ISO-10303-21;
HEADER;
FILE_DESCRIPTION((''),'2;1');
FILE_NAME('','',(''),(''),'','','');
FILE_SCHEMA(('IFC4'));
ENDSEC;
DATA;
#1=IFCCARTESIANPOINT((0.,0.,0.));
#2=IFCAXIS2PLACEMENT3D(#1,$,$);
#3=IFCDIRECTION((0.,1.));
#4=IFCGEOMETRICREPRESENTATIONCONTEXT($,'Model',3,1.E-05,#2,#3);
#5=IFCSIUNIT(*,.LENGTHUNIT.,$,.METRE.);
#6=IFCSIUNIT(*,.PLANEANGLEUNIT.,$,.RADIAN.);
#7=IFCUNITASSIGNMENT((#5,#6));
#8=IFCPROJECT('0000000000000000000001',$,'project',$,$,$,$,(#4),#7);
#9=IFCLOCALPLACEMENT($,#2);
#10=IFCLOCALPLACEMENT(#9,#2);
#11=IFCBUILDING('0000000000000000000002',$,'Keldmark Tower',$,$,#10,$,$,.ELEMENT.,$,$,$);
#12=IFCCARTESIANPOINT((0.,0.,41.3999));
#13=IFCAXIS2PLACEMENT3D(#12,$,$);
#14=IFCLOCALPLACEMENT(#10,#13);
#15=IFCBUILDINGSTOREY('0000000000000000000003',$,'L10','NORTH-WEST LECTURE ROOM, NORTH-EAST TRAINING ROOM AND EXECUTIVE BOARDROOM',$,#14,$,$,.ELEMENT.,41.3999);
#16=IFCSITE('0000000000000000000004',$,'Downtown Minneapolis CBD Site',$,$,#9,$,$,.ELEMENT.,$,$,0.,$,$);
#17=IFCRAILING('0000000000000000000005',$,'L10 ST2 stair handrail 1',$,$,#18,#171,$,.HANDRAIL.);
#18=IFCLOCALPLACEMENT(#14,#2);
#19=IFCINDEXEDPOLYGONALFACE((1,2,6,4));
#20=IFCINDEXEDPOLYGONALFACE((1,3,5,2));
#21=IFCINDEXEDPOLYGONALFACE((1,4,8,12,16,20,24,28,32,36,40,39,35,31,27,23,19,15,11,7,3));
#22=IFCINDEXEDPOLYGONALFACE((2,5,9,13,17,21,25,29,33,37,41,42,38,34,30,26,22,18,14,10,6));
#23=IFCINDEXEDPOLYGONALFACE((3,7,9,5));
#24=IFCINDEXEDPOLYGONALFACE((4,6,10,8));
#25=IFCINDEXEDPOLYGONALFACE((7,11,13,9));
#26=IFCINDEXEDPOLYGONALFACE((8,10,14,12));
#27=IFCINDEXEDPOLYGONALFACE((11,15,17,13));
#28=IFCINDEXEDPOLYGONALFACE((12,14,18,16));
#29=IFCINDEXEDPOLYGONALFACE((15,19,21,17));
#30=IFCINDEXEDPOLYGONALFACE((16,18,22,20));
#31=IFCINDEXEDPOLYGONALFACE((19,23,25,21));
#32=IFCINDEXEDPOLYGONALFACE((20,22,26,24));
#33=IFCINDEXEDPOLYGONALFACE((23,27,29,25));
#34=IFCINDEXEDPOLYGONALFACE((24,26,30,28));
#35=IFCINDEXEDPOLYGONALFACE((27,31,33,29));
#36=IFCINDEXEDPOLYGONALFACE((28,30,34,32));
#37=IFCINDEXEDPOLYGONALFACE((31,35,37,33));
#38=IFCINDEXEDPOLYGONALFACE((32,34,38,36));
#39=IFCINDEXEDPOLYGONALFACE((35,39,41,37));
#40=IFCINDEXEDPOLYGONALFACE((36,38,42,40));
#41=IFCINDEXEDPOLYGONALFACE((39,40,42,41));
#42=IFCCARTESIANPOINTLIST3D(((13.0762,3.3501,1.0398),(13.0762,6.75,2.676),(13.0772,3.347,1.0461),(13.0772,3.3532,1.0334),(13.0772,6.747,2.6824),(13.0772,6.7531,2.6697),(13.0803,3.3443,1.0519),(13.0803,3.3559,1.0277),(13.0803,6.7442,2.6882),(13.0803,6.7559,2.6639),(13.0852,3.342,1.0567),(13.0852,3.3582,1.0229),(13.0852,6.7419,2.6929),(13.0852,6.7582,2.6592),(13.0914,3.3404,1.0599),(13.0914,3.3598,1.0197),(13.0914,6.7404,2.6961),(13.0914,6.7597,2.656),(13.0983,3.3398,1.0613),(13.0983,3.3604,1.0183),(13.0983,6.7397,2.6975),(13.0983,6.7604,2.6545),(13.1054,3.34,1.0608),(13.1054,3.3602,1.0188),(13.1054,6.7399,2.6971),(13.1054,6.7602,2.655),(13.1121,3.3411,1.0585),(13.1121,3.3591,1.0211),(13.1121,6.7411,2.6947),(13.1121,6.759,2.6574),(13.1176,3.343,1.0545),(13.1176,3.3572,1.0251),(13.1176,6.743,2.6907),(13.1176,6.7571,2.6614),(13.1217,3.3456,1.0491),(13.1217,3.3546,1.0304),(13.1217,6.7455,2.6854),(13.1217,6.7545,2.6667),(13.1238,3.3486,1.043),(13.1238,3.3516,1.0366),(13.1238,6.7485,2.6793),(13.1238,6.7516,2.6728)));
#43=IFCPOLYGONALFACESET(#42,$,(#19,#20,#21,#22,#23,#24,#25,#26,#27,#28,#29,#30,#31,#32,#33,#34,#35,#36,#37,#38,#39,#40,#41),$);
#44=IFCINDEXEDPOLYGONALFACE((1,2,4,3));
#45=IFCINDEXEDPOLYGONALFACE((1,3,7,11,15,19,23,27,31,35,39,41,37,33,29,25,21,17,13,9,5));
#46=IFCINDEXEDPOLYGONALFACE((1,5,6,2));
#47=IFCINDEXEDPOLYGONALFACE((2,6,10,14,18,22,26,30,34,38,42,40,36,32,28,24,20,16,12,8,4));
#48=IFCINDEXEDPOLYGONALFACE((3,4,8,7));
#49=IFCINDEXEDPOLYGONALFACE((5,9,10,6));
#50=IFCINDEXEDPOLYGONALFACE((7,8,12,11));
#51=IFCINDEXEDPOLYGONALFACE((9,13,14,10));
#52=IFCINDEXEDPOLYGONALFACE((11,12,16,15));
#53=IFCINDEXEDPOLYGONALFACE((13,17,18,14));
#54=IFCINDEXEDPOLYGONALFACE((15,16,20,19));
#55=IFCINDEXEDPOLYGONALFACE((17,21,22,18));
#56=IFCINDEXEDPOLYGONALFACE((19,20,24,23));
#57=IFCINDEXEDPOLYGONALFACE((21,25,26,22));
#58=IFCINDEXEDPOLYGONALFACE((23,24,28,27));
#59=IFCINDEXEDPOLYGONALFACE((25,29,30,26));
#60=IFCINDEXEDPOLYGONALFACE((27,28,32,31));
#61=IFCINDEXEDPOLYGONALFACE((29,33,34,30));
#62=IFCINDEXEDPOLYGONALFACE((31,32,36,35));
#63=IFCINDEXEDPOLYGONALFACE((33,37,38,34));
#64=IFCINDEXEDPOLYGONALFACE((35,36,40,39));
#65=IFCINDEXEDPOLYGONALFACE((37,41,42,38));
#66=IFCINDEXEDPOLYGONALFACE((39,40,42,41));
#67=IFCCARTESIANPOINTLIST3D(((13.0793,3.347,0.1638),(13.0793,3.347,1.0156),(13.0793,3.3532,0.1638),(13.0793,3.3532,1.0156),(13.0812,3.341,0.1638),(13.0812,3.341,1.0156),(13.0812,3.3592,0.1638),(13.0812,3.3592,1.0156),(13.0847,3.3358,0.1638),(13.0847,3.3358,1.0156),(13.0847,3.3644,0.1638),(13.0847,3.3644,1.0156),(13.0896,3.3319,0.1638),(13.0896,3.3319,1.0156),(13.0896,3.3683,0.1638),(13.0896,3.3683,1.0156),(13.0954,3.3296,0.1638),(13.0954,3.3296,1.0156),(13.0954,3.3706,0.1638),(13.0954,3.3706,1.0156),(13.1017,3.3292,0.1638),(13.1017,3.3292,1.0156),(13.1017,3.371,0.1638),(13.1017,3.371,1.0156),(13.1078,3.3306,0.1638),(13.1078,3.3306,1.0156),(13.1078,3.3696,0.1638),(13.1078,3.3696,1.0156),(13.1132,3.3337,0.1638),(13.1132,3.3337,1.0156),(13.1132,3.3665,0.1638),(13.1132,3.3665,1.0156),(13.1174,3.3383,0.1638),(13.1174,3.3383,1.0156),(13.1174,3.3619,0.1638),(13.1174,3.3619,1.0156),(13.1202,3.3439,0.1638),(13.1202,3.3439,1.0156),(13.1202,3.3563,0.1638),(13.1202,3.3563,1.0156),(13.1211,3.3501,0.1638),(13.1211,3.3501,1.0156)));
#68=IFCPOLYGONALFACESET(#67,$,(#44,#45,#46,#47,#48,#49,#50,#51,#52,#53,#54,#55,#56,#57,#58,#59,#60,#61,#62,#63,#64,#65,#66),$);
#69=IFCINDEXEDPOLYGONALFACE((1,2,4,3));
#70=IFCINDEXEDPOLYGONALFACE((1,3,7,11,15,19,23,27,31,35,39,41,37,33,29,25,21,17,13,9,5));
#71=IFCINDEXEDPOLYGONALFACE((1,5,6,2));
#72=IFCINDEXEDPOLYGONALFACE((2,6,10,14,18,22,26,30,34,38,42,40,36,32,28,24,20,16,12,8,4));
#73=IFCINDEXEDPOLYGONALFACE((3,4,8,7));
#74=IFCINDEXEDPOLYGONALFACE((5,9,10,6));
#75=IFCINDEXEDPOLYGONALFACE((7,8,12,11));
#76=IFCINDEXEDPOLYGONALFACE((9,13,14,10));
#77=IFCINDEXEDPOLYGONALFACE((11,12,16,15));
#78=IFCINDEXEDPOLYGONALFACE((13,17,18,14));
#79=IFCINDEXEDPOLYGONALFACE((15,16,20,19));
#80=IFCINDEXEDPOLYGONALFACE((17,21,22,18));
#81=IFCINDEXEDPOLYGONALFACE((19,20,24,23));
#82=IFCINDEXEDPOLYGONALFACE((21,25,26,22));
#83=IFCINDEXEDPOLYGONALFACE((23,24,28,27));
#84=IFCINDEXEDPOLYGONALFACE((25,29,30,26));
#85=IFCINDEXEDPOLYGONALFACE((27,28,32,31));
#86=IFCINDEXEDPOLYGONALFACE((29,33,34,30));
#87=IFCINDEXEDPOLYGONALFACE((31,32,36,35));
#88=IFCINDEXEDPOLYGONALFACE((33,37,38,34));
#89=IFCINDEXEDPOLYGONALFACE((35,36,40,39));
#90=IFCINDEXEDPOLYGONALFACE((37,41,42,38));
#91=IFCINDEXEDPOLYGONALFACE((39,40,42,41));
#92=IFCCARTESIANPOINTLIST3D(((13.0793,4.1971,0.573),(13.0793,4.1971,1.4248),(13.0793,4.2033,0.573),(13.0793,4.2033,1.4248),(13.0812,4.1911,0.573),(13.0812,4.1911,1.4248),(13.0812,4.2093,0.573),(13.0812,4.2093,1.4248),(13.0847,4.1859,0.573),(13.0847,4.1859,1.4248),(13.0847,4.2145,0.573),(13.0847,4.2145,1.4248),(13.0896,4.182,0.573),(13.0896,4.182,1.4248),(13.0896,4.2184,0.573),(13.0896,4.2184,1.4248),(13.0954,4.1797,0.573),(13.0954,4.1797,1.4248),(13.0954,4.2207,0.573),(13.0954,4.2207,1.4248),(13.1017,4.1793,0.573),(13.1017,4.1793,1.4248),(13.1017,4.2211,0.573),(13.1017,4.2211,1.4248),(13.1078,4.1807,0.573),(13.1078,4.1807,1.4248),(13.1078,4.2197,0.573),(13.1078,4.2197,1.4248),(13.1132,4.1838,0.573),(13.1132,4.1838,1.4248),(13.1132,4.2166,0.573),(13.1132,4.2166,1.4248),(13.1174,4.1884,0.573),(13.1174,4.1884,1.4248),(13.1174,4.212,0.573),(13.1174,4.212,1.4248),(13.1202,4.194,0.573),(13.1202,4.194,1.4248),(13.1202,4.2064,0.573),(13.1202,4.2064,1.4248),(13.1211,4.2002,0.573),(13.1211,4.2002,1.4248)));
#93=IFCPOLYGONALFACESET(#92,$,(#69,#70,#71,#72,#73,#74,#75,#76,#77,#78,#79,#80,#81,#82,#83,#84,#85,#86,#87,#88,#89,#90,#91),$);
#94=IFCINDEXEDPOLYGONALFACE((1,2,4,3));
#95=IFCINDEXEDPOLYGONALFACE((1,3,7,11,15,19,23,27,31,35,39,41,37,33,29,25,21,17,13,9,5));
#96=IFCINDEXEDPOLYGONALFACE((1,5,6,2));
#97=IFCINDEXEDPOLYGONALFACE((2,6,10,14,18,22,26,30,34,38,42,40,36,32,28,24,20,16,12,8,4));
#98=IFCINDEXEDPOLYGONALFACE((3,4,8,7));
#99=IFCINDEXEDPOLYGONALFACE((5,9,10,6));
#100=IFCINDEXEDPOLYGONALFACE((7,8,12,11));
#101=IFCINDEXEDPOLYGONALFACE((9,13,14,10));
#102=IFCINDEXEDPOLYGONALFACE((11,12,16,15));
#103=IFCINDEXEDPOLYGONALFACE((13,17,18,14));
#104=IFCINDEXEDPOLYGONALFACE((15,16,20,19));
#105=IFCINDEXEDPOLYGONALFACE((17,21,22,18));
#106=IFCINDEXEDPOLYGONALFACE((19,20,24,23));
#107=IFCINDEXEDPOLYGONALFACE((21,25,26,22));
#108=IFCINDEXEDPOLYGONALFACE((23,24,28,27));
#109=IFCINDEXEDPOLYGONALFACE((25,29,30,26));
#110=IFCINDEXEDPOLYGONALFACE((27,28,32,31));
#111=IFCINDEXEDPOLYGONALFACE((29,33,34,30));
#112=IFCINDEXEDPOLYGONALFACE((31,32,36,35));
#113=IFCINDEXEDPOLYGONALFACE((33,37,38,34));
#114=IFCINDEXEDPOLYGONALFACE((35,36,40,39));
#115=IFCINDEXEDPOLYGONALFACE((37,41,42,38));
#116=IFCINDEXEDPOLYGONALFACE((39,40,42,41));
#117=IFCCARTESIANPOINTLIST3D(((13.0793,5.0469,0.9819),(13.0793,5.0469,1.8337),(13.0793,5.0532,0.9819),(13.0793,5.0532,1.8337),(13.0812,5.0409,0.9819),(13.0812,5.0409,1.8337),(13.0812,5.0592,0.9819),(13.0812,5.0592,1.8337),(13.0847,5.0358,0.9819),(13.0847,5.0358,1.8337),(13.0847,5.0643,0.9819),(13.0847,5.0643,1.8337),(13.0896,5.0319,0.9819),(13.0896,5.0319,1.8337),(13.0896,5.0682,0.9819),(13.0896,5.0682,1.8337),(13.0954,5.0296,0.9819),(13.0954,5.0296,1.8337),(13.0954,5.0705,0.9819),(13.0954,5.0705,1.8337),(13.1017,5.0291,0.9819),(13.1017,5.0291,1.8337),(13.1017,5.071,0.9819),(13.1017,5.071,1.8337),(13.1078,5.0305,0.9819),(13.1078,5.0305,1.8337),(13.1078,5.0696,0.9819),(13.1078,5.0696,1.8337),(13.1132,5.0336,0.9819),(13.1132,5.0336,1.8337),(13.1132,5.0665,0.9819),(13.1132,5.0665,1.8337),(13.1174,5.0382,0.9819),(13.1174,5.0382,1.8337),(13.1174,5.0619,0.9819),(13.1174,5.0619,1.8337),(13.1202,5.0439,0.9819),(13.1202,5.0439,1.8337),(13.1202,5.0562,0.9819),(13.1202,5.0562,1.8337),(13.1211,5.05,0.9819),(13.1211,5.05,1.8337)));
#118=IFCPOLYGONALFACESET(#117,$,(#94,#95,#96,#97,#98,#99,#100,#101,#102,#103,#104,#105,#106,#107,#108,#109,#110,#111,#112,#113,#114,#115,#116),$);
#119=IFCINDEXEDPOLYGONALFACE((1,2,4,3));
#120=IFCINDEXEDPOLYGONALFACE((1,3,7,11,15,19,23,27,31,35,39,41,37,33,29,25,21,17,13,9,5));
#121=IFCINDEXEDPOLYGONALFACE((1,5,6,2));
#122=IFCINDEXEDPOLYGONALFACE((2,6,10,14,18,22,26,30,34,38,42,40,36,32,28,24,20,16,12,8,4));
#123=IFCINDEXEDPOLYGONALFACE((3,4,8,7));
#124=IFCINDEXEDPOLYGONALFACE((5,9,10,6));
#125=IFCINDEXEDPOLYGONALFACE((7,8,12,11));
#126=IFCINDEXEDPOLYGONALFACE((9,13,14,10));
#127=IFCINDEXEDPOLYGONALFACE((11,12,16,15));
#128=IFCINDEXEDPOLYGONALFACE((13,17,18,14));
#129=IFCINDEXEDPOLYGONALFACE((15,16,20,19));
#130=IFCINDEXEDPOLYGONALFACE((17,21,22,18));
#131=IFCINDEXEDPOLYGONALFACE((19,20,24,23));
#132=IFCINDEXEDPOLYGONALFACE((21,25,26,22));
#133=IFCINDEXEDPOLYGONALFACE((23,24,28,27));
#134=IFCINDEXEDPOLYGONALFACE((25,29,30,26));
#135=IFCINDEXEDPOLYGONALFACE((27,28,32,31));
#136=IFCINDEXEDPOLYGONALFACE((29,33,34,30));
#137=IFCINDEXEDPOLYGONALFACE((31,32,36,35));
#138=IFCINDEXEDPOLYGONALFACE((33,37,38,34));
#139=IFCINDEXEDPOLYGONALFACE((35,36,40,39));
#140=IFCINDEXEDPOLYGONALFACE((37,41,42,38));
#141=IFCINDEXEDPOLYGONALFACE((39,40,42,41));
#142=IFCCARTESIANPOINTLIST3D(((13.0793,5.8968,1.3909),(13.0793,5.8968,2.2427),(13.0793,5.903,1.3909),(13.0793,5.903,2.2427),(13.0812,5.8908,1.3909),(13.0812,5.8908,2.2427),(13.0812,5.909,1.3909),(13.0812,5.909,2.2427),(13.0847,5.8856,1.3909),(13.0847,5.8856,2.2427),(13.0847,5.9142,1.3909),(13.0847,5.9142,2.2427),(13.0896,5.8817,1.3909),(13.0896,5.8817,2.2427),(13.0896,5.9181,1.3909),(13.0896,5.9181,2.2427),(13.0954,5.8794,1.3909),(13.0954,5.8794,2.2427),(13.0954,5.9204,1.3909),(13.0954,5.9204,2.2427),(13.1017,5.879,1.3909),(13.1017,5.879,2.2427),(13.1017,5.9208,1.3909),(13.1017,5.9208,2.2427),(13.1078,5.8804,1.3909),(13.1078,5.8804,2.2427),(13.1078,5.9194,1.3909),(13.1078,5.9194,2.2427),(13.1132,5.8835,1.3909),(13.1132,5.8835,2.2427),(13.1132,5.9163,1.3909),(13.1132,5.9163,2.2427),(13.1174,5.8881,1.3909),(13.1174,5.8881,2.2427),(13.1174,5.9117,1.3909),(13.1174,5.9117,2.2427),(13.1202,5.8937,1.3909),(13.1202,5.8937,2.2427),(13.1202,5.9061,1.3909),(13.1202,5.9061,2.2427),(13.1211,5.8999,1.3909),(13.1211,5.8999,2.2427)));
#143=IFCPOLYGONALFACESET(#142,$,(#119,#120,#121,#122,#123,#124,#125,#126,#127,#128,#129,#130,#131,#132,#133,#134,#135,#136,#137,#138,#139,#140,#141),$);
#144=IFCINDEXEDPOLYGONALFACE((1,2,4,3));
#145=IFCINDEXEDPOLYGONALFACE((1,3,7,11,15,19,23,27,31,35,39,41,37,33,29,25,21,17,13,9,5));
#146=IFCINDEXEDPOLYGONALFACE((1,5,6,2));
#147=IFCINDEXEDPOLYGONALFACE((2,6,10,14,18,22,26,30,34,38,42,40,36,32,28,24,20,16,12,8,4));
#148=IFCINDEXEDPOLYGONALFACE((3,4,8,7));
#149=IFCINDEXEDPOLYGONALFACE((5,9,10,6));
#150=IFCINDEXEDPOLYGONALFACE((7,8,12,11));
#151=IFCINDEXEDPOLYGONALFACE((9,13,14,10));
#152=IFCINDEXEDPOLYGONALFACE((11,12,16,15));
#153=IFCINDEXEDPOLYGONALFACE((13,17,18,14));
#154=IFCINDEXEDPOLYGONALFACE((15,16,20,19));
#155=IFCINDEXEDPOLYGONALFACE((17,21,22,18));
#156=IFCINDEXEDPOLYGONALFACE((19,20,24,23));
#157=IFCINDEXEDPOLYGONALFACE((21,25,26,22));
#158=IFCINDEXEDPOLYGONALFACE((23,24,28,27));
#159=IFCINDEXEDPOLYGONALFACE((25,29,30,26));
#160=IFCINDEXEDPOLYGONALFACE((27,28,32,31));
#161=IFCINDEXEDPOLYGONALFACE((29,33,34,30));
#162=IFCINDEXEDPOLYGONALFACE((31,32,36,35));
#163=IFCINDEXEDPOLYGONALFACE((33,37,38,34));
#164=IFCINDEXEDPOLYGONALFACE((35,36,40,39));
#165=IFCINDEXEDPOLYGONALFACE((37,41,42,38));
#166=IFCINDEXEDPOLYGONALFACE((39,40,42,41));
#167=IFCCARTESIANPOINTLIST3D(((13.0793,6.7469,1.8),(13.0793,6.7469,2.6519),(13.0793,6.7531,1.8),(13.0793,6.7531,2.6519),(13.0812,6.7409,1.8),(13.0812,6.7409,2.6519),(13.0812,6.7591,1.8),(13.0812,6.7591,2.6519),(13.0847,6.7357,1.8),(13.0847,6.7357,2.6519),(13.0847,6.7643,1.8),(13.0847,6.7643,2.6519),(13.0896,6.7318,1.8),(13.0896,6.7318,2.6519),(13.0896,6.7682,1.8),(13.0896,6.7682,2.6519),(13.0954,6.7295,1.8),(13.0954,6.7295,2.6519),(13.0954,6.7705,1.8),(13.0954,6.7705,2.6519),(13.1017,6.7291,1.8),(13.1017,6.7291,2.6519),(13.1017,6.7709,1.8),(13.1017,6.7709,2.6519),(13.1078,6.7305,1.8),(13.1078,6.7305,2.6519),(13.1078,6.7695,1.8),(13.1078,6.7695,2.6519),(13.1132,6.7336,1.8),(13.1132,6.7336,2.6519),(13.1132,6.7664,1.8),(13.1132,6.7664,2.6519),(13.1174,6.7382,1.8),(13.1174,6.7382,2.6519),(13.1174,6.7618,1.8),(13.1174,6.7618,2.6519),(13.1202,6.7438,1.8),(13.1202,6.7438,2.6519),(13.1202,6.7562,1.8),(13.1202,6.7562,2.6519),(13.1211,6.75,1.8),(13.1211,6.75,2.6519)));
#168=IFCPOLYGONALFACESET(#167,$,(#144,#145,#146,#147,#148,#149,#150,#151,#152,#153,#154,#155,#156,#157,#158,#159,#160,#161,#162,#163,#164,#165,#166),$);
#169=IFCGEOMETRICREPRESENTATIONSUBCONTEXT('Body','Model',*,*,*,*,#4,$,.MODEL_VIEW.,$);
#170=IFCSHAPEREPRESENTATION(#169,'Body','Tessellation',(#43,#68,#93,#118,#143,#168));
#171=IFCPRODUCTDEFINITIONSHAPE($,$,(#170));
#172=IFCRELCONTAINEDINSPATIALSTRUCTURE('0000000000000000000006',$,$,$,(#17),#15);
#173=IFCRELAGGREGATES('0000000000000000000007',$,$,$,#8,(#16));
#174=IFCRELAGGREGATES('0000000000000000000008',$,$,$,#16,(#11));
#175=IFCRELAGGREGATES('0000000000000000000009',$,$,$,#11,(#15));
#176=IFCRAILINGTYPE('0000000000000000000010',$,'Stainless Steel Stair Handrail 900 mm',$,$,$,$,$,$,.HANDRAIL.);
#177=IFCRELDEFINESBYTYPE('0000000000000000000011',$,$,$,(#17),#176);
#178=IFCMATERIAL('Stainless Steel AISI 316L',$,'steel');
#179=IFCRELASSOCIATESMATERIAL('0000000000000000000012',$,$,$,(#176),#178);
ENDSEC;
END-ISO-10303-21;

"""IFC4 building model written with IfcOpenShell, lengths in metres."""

from ifc_helpers import new_model, si_unit, direction, frame, origin, origin_2d, place, context, subcontext, project, spatial, circle, extrude, material, type_object, element, save


model = new_model("IFC4")

# Units and contexts
model_context = context("Model", 3, precision=1e-05, world=origin(), true_north=direction((0.0, 1.0)))
body_context = subcontext(model_context, "Body", "Model", "MODEL_VIEW")
ifc_project = project(units=[si_unit("LENGTHUNIT", "METRE"), si_unit("PLANEANGLEUNIT", "RADIAN")], contexts=[model_context])

# Site, building, storey
site_placement = place(None, origin())
site = spatial("IfcSite", under=ifc_project, at=site_placement, Name="Downtown Minneapolis CBD Site", CompositionType="ELEMENT", RefElevation=0.0)
building_placement = place(site_placement, origin())
building = spatial("IfcBuilding", under=site, at=building_placement, Name="Keldmark Tower", CompositionType="ELEMENT")
storey_placement = place(building_placement, frame((0.0, 0.0, 41.3999)))
storey = spatial("IfcBuildingStorey", under=building, at=storey_placement, Name="L10", Description="NORTH-WEST LECTURE ROOM, NORTH-EAST TRAINING ROOM AND EXECUTIVE BOARDROOM", CompositionType="ELEMENT", Elevation=41.3999)

# Railing
ifc_material_1 = material(Name="Stainless Steel AISI 316L", Category="steel")
railing_type_1 = type_object("IfcRailingType", Name="Stainless Steel Stair Handrail 900 mm", PredefinedType="HANDRAIL", material=ifc_material_1)
railing_1_placement = place(storey_placement, frame((13.1001, 3.3501, 0.1638)))
element("IfcRailing", 1, at=railing_1_placement, inside=storey, type_object=railing_type_1, Name="L10 ST2 stair handrail 1", PredefinedType="HANDRAIL", context=body_context, shape_type="SweptSolid", body=[
    extrude(circle(Radius=0.0239, at=origin_2d()), frame((0.0, 0.0, 0.876), z_axis=(0.0, 0.90108, 0.433652), x_axis=(-1.0, 0.0, 0.0)), (0.0, 0.0, 1.0), 3.7732),
    extrude(circle(Radius=0.021, at=origin_2d()), origin(), (0.0, 0.0, 1.0), 0.8518),
    extrude(circle(Radius=0.021, at=origin_2d()), frame((0.0, 0.8501, 0.4092)), (0.0, 0.0, 1.0), 0.8518),
    extrude(circle(Radius=0.021, at=origin_2d()), frame((0.0, 1.7, 0.8181)), (0.0, 0.0, 1.0), 0.8518),
    extrude(circle(Radius=0.021, at=origin_2d()), frame((0.0, 2.5498, 1.2271)), (0.0, 0.0, 1.0), 0.8518),
    extrude(circle(Radius=0.021, at=origin_2d()), frame((0.0, 3.3999, 1.6362)), (0.0, 0.0, 1.0), 0.8518),
])

save(model, "model.ifc")
